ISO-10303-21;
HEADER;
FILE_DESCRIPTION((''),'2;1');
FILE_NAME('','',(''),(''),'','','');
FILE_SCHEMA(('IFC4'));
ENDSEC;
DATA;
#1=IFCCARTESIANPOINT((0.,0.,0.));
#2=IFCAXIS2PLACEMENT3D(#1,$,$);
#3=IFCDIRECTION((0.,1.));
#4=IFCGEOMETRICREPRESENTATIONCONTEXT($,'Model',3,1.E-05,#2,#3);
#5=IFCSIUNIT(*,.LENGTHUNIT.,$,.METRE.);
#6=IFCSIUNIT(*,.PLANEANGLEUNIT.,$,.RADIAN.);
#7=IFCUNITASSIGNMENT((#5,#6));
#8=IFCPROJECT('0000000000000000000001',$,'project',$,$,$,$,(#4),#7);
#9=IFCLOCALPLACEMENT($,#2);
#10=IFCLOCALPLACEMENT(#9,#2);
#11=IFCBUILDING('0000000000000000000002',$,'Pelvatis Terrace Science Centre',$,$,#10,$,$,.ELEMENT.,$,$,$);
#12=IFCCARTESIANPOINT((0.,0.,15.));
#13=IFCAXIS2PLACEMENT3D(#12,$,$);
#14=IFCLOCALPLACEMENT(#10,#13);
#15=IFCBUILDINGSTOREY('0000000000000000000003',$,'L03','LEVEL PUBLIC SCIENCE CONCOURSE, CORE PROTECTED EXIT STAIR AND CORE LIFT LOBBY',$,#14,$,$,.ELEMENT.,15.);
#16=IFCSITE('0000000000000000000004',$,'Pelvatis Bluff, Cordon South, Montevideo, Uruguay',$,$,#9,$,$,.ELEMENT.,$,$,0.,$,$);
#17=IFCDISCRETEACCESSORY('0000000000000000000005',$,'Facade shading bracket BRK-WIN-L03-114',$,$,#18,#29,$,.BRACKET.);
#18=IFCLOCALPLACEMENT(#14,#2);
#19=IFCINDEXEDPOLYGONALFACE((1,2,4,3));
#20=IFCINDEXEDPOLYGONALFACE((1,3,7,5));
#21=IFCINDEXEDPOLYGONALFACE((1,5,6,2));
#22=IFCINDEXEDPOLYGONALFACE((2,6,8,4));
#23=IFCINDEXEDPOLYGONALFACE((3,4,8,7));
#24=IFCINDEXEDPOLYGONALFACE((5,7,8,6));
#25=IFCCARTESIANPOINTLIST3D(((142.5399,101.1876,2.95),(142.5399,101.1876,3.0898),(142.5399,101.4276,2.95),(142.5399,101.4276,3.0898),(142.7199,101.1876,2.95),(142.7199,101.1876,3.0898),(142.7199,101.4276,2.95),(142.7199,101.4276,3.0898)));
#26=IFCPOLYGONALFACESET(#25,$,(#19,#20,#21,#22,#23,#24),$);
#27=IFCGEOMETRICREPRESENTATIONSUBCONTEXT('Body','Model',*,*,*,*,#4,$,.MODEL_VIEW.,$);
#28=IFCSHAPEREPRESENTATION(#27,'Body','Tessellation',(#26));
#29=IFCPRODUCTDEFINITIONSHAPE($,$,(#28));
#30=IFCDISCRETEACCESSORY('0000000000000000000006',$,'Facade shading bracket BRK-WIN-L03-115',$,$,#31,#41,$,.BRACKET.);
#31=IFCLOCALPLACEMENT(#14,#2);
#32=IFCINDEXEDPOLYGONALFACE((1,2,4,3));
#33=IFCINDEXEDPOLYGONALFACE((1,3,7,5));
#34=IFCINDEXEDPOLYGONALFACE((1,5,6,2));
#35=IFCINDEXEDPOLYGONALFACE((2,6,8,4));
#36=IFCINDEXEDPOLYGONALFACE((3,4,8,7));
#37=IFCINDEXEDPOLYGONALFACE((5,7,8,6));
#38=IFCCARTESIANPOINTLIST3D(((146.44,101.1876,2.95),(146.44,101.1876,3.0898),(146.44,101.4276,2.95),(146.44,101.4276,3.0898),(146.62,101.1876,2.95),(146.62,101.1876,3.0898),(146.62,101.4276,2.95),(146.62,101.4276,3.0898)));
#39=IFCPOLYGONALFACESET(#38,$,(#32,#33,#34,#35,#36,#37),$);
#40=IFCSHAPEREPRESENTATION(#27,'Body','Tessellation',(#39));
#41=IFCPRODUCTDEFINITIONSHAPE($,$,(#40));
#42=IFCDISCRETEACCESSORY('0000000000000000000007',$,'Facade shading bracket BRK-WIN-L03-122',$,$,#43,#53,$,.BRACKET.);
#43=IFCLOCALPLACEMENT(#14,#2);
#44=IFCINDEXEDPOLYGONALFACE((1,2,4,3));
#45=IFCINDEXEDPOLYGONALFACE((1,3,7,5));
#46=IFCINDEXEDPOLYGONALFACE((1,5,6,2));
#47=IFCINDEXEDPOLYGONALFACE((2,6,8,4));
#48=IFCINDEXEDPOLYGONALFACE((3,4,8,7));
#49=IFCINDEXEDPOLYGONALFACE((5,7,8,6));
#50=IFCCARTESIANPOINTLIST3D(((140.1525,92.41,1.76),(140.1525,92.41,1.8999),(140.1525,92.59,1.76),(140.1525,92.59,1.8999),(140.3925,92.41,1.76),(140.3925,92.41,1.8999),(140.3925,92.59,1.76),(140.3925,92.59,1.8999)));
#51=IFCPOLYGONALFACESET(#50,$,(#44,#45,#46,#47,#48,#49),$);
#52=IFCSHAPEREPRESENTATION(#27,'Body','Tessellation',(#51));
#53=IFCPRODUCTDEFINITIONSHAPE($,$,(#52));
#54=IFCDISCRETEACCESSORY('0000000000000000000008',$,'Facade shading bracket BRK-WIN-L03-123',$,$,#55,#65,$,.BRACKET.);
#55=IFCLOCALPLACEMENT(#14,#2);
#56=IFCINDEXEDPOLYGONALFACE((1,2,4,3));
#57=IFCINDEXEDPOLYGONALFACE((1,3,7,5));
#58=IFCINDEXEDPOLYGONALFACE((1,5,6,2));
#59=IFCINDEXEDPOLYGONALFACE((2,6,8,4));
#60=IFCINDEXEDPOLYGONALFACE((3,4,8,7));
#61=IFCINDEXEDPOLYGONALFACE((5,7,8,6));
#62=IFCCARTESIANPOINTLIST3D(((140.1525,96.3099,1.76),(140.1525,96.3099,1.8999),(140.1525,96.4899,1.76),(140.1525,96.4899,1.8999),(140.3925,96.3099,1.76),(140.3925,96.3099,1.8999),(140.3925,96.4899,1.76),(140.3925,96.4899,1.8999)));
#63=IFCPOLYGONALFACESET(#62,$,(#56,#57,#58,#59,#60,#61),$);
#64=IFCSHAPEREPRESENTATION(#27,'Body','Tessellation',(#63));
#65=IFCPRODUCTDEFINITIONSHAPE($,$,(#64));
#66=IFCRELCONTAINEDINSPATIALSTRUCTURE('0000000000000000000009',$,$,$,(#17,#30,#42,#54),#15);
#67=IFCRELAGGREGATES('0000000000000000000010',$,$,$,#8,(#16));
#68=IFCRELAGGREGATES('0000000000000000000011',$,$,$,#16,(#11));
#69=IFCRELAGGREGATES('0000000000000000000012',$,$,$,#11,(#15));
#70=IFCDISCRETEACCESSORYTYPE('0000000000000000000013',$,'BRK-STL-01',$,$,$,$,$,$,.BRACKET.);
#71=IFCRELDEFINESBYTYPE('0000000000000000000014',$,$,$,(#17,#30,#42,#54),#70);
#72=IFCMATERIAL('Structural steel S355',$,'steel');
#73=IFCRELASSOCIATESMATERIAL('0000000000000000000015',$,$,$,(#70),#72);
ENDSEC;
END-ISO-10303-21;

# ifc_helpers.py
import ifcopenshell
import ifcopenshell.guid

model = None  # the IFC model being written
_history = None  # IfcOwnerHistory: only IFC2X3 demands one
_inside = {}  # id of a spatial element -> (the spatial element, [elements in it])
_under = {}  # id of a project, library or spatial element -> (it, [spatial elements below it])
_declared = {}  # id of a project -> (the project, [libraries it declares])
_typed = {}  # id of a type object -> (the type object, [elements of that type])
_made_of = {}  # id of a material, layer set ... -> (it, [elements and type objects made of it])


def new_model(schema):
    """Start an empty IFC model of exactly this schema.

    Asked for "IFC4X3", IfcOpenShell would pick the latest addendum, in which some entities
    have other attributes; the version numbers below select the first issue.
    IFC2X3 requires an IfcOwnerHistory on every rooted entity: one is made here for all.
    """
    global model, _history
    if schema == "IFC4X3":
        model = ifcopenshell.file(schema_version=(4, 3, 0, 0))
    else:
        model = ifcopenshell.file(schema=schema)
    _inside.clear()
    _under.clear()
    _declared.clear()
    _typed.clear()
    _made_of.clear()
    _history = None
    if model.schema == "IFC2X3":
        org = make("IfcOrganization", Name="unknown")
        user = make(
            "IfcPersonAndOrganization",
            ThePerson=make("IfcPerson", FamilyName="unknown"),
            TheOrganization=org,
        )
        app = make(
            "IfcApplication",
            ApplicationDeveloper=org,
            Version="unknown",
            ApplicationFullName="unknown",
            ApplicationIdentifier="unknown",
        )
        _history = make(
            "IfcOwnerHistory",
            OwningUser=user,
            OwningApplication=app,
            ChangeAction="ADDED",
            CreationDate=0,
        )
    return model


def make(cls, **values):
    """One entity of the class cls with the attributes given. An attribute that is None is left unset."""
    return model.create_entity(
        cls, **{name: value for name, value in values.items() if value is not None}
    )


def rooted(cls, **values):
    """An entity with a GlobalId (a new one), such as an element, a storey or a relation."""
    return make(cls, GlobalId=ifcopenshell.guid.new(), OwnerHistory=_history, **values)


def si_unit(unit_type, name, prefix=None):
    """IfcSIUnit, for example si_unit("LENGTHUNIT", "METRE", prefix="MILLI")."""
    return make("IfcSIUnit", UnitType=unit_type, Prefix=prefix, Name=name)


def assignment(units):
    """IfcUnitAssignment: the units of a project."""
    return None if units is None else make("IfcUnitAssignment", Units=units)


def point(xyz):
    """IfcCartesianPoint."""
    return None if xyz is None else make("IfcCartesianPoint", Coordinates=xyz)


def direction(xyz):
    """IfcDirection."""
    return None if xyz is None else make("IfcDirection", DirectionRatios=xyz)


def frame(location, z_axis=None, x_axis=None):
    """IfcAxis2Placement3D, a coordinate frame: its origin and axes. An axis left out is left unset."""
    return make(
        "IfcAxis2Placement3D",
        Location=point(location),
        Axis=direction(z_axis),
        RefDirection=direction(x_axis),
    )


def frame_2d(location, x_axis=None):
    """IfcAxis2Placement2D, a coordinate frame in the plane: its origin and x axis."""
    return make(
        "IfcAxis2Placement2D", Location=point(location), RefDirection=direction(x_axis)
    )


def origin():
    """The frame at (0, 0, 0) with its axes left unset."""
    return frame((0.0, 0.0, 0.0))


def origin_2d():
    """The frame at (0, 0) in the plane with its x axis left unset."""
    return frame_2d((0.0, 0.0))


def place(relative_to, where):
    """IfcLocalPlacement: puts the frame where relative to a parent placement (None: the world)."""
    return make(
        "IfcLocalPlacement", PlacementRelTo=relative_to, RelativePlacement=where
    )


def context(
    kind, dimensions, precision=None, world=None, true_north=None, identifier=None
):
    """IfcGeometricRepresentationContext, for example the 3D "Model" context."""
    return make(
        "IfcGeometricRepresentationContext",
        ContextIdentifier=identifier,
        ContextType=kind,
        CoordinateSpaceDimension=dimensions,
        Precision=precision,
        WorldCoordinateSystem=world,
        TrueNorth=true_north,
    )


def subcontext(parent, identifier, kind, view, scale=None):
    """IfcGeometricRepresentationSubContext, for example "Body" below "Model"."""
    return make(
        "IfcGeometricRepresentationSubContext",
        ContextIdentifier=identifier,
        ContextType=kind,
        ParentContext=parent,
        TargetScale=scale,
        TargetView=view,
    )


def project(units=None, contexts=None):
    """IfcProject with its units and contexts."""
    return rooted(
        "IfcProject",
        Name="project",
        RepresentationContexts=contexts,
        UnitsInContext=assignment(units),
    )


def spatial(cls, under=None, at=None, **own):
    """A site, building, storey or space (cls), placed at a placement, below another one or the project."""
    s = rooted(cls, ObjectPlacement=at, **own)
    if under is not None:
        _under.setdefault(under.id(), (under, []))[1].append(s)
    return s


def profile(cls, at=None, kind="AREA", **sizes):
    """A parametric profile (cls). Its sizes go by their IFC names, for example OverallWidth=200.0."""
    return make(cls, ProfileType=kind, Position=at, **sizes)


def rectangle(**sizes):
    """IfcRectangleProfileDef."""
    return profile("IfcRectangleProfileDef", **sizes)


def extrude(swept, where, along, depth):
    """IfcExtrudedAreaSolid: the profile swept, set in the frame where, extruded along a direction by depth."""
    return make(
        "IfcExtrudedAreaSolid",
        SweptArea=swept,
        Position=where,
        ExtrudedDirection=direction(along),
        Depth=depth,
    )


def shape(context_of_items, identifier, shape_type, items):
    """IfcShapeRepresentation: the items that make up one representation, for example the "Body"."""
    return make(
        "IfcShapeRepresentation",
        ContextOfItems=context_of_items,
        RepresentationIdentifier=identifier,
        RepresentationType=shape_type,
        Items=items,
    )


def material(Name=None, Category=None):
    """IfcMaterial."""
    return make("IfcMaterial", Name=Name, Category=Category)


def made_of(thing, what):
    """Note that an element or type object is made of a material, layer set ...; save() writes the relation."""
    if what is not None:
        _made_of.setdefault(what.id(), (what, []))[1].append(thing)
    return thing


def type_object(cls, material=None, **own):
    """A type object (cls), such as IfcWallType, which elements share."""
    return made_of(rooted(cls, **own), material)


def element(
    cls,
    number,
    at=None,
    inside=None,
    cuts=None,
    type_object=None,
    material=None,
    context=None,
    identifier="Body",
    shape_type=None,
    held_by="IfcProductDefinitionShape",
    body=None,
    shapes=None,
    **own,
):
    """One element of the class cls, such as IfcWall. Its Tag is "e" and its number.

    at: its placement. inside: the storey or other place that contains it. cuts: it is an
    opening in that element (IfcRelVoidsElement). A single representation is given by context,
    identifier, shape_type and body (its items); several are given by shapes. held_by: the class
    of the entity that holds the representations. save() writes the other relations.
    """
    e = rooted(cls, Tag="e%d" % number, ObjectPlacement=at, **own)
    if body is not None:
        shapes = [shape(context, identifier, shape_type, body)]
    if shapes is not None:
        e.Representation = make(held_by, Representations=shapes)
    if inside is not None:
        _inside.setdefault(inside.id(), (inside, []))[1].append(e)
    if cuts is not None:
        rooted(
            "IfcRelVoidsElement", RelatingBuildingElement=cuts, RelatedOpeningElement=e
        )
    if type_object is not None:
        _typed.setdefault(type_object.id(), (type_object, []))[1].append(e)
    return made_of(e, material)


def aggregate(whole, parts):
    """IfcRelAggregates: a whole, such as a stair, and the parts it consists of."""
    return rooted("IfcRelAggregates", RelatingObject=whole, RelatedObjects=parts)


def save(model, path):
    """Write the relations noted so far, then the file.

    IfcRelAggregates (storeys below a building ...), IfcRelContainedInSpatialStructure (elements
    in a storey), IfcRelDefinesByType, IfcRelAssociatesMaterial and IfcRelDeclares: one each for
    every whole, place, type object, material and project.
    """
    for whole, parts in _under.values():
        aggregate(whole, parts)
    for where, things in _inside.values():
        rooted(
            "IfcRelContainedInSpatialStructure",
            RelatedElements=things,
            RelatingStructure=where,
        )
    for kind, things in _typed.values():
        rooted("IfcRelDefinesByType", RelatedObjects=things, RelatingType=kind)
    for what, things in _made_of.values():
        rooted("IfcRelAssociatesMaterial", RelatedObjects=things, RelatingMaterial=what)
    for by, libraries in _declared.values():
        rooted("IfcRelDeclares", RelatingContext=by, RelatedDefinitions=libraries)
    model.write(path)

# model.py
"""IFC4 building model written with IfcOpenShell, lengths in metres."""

from ifc_helpers import new_model, si_unit, direction, frame, origin, origin_2d, place, context, subcontext, project, spatial, rectangle, extrude, material, type_object, element, save


model = new_model("IFC4")

# Units and contexts
model_context = context("Model", 3, precision=1e-05, world=origin(), true_north=direction((0.0, 1.0)))
body_context = subcontext(model_context, "Body", "Model", "MODEL_VIEW")
ifc_project = project(units=[si_unit("LENGTHUNIT", "METRE"), si_unit("PLANEANGLEUNIT", "RADIAN")], contexts=[model_context])

# Site, building, storey
site_placement = place(None, origin())
site = spatial("IfcSite", under=ifc_project, at=site_placement, Name="Pelvatis Bluff, Cordon South, Montevideo, Uruguay", CompositionType="ELEMENT", RefElevation=0.0)
building_placement = place(site_placement, origin())
building = spatial("IfcBuilding", under=site, at=building_placement, Name="Pelvatis Terrace Science Centre", CompositionType="ELEMENT")
storey_placement = place(building_placement, frame((0.0, 0.0, 15.0)))
storey = spatial("IfcBuildingStorey", under=building, at=storey_placement, Name="L03", Description="LEVEL PUBLIC SCIENCE CONCOURSE, CORE PROTECTED EXIT STAIR AND CORE LIFT LOBBY", CompositionType="ELEMENT", Elevation=15.0)

# Discrete accessories
ifc_material_1 = material(Name="Structural steel S355", Category="steel")
discrete_accessory_type = type_object("IfcDiscreteAccessoryType", Name="BRK-STL-01", PredefinedType="BRACKET", material=ifc_material_1)
for number, where, name in (
    (1, (142.6299, 101.3076, 2.95), "Facade shading bracket BRK-WIN-L03-114"),
    (2, (146.53, 101.3076, 2.95), "Facade shading bracket BRK-WIN-L03-115"),
):
    element("IfcDiscreteAccessory", number, at=place(storey_placement, frame(where)), inside=storey, type_object=discrete_accessory_type, Name=name, PredefinedType="BRACKET", context=body_context, shape_type="SweptSolid", body=[
        extrude(rectangle(XDim=0.18, YDim=0.24, at=origin_2d()), origin(), (0.0, 0.0, 1.0), 0.1399),
    ])
for number, where, name in (
    (3, (140.2725, 92.5, 1.76), "Facade shading bracket BRK-WIN-L03-122"),
    (4, (140.2725, 96.3999, 1.76), "Facade shading bracket BRK-WIN-L03-123"),
):
    element("IfcDiscreteAccessory", number, at=place(storey_placement, frame(where)), inside=storey, type_object=discrete_accessory_type, Name=name, PredefinedType="BRACKET", context=body_context, shape_type="SweptSolid", body=[
        extrude(rectangle(XDim=0.24, YDim=0.18, at=origin_2d()), origin(), (0.0, 0.0, 1.0), 0.1399),
    ])

save(model, "model.ifc")
